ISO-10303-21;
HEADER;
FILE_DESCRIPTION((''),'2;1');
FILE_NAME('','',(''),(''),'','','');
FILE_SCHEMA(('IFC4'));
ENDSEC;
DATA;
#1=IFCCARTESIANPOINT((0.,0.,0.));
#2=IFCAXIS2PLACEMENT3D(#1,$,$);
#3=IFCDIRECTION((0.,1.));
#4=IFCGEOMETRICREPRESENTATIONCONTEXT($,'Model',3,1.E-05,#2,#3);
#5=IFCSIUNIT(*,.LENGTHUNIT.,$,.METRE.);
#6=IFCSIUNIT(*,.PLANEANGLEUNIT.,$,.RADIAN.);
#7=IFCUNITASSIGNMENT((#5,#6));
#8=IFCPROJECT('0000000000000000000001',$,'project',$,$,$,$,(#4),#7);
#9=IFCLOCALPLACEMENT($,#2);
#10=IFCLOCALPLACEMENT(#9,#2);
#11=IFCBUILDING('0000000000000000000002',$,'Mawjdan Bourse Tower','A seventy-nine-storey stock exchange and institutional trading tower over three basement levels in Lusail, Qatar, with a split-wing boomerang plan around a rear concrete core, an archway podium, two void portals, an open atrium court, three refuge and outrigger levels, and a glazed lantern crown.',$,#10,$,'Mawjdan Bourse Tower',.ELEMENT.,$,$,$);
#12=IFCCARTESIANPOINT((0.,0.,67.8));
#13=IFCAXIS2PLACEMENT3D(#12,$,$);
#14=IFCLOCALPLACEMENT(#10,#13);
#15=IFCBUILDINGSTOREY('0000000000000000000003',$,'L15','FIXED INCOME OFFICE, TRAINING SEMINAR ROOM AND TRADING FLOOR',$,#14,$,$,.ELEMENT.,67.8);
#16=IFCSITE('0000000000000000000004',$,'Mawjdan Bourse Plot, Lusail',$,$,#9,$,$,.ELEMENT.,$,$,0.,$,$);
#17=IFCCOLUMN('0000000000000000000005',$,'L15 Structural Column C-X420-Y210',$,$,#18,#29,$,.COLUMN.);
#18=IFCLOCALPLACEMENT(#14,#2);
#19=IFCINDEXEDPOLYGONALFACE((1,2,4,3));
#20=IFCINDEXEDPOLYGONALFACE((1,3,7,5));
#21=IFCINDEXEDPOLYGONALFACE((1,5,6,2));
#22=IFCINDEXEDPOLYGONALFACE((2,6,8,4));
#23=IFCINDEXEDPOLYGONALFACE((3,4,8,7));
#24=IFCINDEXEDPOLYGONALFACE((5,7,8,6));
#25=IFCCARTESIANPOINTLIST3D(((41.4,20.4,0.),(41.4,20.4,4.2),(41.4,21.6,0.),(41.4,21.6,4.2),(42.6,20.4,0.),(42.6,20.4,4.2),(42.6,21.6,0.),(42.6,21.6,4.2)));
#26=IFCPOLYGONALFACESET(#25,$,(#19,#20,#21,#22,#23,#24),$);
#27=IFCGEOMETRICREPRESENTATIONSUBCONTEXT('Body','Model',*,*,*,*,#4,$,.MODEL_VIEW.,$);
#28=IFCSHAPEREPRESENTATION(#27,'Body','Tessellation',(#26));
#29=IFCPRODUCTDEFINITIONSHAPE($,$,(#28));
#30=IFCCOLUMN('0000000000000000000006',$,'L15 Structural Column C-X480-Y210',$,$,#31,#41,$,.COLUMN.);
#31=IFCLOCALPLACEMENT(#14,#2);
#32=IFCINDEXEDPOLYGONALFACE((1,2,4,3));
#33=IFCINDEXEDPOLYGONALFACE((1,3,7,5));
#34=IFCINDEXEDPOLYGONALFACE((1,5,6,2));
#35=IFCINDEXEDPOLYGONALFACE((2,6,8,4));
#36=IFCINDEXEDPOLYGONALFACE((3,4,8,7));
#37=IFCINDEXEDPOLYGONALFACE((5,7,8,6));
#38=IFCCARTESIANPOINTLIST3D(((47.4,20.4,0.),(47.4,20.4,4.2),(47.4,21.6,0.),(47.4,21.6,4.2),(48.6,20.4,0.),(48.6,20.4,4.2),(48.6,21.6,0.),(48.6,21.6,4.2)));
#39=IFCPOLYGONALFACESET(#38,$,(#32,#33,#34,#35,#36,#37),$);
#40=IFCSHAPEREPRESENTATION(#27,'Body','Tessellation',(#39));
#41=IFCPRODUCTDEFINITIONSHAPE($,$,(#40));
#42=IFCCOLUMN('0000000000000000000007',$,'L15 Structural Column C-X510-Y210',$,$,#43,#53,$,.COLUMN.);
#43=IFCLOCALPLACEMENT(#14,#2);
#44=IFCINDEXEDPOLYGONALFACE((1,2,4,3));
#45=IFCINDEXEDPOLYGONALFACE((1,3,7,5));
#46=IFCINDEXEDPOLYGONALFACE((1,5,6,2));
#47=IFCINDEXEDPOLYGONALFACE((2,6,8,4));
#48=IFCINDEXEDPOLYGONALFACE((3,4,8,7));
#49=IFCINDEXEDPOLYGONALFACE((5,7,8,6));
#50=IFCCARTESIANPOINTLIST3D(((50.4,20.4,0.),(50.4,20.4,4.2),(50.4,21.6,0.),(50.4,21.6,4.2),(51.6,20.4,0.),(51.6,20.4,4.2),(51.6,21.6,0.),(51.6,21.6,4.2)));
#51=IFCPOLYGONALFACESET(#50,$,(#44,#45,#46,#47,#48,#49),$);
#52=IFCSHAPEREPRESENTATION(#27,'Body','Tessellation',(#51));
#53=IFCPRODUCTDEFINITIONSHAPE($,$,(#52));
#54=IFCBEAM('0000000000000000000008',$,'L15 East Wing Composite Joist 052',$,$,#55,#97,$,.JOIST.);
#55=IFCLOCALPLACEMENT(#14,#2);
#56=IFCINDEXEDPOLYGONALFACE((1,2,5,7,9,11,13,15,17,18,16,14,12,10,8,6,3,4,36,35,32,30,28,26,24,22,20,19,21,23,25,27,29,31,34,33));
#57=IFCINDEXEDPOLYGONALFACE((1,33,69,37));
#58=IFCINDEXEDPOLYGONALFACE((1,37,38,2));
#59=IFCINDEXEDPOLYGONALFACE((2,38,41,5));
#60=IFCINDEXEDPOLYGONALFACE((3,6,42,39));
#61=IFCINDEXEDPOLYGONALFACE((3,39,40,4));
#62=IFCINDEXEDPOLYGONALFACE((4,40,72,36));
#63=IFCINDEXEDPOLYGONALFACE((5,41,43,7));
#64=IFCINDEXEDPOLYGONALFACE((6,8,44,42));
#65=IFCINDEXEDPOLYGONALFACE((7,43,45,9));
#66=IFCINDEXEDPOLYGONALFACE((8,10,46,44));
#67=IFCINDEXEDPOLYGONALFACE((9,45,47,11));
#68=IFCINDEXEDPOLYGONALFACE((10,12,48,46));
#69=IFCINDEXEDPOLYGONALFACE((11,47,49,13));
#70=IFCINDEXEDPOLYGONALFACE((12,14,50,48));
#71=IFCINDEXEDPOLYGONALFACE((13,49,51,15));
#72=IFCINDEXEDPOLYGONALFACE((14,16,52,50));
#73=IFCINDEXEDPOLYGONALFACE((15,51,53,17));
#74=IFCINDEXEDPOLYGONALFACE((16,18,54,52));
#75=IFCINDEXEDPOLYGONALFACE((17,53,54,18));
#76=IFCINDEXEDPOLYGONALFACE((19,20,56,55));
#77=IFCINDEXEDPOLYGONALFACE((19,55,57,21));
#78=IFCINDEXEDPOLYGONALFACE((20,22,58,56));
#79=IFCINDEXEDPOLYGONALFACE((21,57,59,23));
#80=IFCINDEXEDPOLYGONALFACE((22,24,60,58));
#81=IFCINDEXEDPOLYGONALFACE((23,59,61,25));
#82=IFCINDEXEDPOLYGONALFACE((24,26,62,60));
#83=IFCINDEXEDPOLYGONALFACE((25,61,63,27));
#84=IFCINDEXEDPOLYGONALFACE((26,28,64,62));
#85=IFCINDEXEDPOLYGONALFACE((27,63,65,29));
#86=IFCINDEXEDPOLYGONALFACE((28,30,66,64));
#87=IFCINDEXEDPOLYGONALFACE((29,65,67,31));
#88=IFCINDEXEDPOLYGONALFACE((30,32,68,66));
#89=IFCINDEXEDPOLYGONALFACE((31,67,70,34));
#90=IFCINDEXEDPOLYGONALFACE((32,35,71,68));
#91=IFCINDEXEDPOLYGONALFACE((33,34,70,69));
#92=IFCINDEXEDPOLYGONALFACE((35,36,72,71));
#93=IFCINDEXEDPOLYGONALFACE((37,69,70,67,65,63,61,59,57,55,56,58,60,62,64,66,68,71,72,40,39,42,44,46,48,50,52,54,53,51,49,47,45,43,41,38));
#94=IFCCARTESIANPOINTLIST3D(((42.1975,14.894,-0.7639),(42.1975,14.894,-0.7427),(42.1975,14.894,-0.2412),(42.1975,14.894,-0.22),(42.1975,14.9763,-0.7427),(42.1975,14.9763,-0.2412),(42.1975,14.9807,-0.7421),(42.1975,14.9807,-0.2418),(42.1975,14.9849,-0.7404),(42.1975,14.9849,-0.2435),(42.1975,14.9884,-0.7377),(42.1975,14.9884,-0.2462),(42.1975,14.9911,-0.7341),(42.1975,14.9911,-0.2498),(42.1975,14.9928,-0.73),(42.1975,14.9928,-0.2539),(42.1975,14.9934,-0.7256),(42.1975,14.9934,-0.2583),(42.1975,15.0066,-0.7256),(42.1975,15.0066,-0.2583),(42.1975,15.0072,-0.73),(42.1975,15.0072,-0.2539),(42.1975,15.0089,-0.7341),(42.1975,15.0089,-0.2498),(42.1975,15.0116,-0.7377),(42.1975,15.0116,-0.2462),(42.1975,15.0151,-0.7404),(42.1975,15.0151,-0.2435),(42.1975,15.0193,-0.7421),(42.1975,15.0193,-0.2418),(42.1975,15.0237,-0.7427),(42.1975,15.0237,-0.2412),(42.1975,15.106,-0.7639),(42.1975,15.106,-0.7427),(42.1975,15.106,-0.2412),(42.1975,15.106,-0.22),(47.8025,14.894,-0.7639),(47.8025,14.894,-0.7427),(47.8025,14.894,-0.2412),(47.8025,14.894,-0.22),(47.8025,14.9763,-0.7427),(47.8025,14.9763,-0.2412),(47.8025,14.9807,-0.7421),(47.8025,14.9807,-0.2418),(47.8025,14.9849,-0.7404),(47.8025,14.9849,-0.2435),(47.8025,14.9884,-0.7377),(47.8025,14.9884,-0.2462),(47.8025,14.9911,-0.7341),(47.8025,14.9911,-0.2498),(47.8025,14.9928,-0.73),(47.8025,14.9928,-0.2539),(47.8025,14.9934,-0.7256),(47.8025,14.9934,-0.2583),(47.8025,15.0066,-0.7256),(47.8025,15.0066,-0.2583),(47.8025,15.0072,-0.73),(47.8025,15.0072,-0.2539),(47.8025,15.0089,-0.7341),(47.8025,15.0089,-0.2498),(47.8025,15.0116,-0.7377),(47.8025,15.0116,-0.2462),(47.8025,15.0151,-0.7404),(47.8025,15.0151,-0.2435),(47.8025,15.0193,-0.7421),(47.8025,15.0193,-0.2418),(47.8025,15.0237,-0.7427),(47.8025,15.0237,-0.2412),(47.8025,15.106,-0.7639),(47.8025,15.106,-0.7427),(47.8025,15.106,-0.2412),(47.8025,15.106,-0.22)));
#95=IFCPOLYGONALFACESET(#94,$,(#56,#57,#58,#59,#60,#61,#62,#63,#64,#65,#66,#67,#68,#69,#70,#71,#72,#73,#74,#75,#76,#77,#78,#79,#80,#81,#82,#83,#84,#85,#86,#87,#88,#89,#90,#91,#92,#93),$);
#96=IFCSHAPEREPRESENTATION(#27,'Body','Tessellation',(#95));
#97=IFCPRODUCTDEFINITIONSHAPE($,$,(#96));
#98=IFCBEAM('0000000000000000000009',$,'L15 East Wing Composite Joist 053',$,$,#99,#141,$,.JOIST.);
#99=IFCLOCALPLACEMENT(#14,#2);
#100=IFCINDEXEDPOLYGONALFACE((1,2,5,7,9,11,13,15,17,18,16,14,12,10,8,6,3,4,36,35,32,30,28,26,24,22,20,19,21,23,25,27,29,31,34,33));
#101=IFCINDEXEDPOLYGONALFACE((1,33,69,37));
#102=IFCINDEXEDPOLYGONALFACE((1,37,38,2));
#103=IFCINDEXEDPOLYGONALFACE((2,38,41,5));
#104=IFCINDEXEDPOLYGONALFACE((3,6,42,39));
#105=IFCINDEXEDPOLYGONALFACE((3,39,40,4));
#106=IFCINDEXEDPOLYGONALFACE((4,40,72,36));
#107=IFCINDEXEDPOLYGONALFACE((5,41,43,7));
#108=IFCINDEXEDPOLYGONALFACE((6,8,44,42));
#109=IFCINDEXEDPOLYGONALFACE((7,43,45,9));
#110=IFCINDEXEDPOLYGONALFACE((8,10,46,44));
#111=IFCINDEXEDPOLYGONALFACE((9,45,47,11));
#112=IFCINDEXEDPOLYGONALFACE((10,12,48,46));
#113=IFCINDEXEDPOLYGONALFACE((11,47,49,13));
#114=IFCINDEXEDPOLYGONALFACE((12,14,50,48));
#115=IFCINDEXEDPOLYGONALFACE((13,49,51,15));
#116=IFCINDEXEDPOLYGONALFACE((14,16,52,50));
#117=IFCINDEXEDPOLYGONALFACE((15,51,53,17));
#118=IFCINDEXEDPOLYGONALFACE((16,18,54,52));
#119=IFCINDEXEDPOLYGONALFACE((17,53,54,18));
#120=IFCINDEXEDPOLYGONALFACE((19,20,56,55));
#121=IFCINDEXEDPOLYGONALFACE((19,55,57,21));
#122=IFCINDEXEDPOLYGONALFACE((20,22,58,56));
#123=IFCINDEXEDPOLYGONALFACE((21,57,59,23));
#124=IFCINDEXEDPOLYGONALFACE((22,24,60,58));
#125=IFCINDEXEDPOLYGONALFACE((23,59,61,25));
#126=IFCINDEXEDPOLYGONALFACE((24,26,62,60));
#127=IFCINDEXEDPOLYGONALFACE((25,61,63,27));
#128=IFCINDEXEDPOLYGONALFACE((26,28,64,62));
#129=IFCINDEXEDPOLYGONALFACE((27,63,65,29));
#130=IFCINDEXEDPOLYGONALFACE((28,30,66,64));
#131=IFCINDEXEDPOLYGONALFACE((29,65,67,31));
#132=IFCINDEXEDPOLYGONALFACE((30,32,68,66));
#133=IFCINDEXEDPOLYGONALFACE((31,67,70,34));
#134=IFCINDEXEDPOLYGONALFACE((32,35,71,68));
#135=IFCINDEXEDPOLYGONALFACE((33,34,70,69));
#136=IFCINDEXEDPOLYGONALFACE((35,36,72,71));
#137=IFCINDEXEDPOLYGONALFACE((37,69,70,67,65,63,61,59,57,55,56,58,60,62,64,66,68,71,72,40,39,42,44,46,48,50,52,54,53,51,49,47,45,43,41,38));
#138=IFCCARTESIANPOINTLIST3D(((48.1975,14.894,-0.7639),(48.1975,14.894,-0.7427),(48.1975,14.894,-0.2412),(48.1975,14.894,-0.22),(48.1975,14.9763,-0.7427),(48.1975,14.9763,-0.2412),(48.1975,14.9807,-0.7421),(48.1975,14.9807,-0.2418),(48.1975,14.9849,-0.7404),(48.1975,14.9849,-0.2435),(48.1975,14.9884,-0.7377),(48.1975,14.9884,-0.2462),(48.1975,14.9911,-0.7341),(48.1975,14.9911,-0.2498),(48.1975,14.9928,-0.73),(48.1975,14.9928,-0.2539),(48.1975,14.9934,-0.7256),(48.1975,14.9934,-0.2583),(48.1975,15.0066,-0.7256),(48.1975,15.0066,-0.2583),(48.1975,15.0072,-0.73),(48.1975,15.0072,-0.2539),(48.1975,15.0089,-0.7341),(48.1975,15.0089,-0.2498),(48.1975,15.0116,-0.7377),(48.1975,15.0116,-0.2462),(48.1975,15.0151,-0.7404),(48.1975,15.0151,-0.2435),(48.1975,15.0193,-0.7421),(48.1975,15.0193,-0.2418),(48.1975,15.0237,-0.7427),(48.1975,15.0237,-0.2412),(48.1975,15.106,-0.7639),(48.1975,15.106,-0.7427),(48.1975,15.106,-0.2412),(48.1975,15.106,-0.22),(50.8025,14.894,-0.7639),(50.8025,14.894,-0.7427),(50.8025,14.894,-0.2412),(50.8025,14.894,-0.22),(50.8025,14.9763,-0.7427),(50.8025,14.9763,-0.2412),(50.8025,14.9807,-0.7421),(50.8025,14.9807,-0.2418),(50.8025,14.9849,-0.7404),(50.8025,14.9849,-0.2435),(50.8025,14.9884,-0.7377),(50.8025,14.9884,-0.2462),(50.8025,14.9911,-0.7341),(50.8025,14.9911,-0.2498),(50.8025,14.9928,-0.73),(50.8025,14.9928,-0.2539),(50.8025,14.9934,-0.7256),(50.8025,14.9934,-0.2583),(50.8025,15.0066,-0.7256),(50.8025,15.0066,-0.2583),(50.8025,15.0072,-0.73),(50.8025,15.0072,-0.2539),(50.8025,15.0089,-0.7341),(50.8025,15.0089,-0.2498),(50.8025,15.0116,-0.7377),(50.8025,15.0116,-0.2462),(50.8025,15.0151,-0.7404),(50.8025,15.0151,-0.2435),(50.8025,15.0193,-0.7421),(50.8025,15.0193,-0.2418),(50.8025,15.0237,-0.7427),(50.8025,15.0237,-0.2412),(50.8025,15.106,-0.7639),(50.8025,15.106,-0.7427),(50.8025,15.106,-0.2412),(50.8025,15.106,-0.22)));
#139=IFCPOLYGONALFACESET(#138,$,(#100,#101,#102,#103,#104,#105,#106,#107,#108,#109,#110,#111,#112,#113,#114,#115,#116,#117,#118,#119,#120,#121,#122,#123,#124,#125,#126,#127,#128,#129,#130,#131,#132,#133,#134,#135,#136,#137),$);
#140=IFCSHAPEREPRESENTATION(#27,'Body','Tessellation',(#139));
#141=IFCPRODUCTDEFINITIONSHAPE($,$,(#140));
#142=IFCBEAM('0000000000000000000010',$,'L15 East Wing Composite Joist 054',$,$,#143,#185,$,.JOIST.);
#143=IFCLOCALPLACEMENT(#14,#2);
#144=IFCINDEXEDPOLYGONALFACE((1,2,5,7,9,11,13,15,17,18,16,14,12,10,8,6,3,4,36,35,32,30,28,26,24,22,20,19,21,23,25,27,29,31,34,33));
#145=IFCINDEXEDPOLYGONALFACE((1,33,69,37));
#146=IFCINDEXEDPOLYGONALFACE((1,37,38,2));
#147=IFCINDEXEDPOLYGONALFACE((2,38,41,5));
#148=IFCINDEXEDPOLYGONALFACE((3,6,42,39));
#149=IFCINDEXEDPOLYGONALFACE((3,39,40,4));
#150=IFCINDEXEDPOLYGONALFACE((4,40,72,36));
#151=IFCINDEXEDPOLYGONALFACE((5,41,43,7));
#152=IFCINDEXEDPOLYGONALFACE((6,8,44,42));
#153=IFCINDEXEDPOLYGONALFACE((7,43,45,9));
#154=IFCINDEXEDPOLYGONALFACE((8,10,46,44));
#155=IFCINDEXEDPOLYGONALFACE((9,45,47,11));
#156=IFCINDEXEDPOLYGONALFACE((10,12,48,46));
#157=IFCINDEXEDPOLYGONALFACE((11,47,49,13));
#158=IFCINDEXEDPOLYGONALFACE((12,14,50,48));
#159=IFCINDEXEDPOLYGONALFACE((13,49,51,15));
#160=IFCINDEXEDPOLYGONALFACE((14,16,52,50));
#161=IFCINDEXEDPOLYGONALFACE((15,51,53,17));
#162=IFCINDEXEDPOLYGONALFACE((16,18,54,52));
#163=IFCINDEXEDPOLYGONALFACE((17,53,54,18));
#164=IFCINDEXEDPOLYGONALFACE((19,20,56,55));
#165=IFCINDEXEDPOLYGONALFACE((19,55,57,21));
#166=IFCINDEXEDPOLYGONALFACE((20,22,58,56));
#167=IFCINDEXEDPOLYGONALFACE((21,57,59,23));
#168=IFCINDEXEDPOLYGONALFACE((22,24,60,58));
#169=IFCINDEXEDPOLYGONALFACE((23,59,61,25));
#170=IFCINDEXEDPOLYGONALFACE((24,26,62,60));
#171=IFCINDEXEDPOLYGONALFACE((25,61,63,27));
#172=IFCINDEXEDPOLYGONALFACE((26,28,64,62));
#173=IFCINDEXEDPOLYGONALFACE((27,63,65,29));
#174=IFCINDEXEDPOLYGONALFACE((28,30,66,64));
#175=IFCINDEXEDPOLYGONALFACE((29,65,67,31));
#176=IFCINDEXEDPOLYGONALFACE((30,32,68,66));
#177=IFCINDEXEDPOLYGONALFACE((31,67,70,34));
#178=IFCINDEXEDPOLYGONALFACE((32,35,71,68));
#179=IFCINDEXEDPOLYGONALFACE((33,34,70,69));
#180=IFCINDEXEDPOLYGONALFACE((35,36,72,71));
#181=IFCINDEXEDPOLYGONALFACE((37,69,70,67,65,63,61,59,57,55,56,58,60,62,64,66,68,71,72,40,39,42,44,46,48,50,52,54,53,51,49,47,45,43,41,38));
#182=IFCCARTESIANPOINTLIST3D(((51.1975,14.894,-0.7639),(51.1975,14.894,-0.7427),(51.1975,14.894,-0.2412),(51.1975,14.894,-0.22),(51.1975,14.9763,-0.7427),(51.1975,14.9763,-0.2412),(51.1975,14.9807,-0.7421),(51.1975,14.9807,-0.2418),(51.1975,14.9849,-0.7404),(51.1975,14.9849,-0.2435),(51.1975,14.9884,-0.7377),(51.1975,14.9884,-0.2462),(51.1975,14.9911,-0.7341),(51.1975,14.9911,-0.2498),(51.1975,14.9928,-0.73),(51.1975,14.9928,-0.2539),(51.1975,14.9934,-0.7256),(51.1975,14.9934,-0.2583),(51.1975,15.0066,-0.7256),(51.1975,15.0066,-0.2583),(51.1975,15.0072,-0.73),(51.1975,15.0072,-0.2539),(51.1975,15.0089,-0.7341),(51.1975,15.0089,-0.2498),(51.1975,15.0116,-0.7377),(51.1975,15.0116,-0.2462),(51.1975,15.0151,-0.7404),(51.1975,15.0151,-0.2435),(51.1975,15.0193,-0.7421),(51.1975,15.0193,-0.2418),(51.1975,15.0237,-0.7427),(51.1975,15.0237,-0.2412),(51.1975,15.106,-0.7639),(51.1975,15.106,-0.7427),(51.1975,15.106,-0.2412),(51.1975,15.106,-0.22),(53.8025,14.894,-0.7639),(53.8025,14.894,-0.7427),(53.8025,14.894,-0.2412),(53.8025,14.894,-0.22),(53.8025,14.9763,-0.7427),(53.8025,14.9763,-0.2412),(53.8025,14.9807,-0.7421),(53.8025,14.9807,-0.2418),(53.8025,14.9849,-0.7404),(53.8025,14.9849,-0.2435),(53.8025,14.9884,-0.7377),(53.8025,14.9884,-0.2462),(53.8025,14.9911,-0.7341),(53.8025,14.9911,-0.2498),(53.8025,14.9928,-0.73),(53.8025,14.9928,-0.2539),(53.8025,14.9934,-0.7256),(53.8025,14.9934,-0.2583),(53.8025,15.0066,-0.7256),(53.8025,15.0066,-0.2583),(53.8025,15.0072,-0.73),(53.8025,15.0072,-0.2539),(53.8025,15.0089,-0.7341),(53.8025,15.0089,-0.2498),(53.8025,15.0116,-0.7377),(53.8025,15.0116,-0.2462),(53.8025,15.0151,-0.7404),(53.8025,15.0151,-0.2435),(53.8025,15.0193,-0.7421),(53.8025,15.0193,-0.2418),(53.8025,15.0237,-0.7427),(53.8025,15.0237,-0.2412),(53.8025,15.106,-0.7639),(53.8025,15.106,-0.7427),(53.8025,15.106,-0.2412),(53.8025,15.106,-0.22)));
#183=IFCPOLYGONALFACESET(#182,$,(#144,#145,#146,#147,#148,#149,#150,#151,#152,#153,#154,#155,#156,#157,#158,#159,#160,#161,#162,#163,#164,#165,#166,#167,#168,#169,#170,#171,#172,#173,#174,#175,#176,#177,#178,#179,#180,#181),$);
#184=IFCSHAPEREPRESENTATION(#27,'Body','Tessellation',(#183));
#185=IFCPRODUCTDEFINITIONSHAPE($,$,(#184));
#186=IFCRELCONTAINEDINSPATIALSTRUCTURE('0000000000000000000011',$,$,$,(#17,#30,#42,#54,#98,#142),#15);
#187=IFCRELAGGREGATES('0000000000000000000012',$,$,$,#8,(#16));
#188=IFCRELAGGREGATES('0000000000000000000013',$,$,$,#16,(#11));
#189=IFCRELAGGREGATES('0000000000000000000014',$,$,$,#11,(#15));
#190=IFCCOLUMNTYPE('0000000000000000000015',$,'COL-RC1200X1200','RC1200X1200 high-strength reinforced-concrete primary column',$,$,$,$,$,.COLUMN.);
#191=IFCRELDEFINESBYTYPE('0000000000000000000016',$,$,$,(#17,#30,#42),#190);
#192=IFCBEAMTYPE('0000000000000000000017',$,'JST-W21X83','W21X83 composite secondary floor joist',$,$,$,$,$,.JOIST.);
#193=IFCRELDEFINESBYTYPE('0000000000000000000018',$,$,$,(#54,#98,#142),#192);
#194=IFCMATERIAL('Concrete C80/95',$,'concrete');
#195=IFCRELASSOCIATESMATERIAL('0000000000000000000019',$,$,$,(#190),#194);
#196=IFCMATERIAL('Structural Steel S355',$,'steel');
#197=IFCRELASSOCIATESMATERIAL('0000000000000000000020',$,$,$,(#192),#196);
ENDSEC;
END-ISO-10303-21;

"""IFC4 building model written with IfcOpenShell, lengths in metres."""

from ifc_helpers import new_model, si_unit, direction, frame, origin, origin_2d, place, context, subcontext, project, spatial, rectangle, i_section, extrude, material, material_profile, profile_set, type_object, element, save


model = new_model("IFC4")

# Units and contexts
model_context = context("Model", 3, precision=1e-05, world=origin(), true_north=direction((0.0, 1.0)))
body_context = subcontext(model_context, "Body", "Model", "MODEL_VIEW")
ifc_project = project(units=[si_unit("LENGTHUNIT", "METRE"), si_unit("PLANEANGLEUNIT", "RADIAN")], contexts=[model_context])

# Site, building, storey
site_placement = place(None, origin())
site = spatial("IfcSite", under=ifc_project, at=site_placement, Name="Mawjdan Bourse Plot, Lusail", CompositionType="ELEMENT", RefElevation=0.0)
building_placement = place(site_placement, origin())
building = spatial("IfcBuilding", under=site, at=building_placement, Name="Mawjdan Bourse Tower", Description="A seventy-nine-storey stock exchange and institutional trading tower over three basement levels in Lusail, Qatar, with a split-wing boomerang plan around a rear concrete core, an archway podium, two void portals, an open atrium court, three refuge and outrigger levels, and a glazed lantern crown.", LongName="Mawjdan Bourse Tower", CompositionType="ELEMENT")
storey_placement = place(building_placement, frame((0.0, 0.0, 67.8)))
storey = spatial("IfcBuildingStorey", under=building, at=storey_placement, Name="L15", Description="FIXED INCOME OFFICE, TRAINING SEMINAR ROOM AND TRADING FLOOR", CompositionType="ELEMENT", Elevation=67.8)

# Columns
ifc_material_1 = material(Name="Concrete C80/95", Category="concrete")
ifc_material_profile_1 = material_profile(ifc_material_1, rectangle(XDim=1.2, YDim=1.2, at=origin_2d()), Name="RC1200X1200")
ifc_profile_set_1 = profile_set([ifc_material_profile_1], Name="Concrete C80/95")
column_type = type_object("IfcColumnType", Name="COL-RC1200X1200", Description="RC1200X1200 high-strength reinforced-concrete primary column", PredefinedType="COLUMN", material=ifc_profile_set_1)
for number, where, z_axis, x_axis, name in (
    (1, (42.0, 21.0, 0.0), (0.0, 0.0, 1.0), (1.0, 0.0, 0.0), "L15 Structural Column C-X420-Y210"),
    (2, (48.0, 21.0, 0.0), (0.0, 0.0, 1.0), (1.0, 0.0, 0.0), "L15 Structural Column C-X480-Y210"),
    (3, (51.0, 21.0, 0.0), (0.0, 0.0, 1.0), (1.0, 0.0, 0.0), "L15 Structural Column C-X510-Y210"),
):
    element("IfcColumn", number, at=place(storey_placement, frame(where, z_axis=z_axis, x_axis=x_axis)), inside=storey, type_object=column_type, Name=name, PredefinedType="COLUMN", context=body_context, shape_type="SweptSolid", body=[
        extrude(rectangle(XDim=1.2, YDim=1.2, at=origin_2d()), origin(), (0.0, 0.0, 1.0), 4.2),
    ])

# Beams
ifc_material_2 = material(Name="Structural Steel S355", Category="steel")
ifc_material_profile_2 = material_profile(ifc_material_2, i_section(OverallWidth=0.2119, OverallDepth=0.5439, WebThickness=0.0132, FlangeThickness=0.0212, FilletRadius=0.0171, at=origin_2d()), Name="W21X83")
ifc_profile_set_2 = profile_set([ifc_material_profile_2], Name="Structural Steel S355")
beam_type_1 = type_object("IfcBeamType", Name="JST-W21X83", Description="W21X83 composite secondary floor joist", PredefinedType="JOIST", material=ifc_profile_set_2)
beam_1_placement = place(storey_placement, frame((42.1975, 15.0, -0.4919), z_axis=(1.0, 0.0, 0.0), x_axis=(0.0, 1.0, 0.0)))
element("IfcBeam", 4, at=beam_1_placement, inside=storey, type_object=beam_type_1, Name="L15 East Wing Composite Joist 052", PredefinedType="JOIST", context=body_context, shape_type="SweptSolid", body=[
    extrude(i_section(OverallWidth=0.2119, OverallDepth=0.5439, WebThickness=0.0132, FlangeThickness=0.0212, FilletRadius=0.0171, at=origin_2d()), origin(), (0.0, 0.0, 1.0), 5.605),
])
for number, where, z_axis, x_axis, name in (
    (5, (48.1975, 15.0, -0.4919), (1.0, 0.0, 0.0), (0.0, 1.0, 0.0), "L15 East Wing Composite Joist 053"),
    (6, (51.1975, 15.0, -0.4919), (1.0, 0.0, 0.0), (0.0, 1.0, 0.0), "L15 East Wing Composite Joist 054"),
):
    element("IfcBeam", number, at=place(storey_placement, frame(where, z_axis=z_axis, x_axis=x_axis)), inside=storey, type_object=beam_type_1, Name=name, PredefinedType="JOIST", context=body_context, shape_type="SweptSolid", body=[
        extrude(i_section(OverallWidth=0.2119, OverallDepth=0.5439, WebThickness=0.0132, FlangeThickness=0.0212, FilletRadius=0.0171, at=origin_2d()), origin(), (0.0, 0.0, 1.0), 2.605),
    ])

save(model, "model.ifc")
